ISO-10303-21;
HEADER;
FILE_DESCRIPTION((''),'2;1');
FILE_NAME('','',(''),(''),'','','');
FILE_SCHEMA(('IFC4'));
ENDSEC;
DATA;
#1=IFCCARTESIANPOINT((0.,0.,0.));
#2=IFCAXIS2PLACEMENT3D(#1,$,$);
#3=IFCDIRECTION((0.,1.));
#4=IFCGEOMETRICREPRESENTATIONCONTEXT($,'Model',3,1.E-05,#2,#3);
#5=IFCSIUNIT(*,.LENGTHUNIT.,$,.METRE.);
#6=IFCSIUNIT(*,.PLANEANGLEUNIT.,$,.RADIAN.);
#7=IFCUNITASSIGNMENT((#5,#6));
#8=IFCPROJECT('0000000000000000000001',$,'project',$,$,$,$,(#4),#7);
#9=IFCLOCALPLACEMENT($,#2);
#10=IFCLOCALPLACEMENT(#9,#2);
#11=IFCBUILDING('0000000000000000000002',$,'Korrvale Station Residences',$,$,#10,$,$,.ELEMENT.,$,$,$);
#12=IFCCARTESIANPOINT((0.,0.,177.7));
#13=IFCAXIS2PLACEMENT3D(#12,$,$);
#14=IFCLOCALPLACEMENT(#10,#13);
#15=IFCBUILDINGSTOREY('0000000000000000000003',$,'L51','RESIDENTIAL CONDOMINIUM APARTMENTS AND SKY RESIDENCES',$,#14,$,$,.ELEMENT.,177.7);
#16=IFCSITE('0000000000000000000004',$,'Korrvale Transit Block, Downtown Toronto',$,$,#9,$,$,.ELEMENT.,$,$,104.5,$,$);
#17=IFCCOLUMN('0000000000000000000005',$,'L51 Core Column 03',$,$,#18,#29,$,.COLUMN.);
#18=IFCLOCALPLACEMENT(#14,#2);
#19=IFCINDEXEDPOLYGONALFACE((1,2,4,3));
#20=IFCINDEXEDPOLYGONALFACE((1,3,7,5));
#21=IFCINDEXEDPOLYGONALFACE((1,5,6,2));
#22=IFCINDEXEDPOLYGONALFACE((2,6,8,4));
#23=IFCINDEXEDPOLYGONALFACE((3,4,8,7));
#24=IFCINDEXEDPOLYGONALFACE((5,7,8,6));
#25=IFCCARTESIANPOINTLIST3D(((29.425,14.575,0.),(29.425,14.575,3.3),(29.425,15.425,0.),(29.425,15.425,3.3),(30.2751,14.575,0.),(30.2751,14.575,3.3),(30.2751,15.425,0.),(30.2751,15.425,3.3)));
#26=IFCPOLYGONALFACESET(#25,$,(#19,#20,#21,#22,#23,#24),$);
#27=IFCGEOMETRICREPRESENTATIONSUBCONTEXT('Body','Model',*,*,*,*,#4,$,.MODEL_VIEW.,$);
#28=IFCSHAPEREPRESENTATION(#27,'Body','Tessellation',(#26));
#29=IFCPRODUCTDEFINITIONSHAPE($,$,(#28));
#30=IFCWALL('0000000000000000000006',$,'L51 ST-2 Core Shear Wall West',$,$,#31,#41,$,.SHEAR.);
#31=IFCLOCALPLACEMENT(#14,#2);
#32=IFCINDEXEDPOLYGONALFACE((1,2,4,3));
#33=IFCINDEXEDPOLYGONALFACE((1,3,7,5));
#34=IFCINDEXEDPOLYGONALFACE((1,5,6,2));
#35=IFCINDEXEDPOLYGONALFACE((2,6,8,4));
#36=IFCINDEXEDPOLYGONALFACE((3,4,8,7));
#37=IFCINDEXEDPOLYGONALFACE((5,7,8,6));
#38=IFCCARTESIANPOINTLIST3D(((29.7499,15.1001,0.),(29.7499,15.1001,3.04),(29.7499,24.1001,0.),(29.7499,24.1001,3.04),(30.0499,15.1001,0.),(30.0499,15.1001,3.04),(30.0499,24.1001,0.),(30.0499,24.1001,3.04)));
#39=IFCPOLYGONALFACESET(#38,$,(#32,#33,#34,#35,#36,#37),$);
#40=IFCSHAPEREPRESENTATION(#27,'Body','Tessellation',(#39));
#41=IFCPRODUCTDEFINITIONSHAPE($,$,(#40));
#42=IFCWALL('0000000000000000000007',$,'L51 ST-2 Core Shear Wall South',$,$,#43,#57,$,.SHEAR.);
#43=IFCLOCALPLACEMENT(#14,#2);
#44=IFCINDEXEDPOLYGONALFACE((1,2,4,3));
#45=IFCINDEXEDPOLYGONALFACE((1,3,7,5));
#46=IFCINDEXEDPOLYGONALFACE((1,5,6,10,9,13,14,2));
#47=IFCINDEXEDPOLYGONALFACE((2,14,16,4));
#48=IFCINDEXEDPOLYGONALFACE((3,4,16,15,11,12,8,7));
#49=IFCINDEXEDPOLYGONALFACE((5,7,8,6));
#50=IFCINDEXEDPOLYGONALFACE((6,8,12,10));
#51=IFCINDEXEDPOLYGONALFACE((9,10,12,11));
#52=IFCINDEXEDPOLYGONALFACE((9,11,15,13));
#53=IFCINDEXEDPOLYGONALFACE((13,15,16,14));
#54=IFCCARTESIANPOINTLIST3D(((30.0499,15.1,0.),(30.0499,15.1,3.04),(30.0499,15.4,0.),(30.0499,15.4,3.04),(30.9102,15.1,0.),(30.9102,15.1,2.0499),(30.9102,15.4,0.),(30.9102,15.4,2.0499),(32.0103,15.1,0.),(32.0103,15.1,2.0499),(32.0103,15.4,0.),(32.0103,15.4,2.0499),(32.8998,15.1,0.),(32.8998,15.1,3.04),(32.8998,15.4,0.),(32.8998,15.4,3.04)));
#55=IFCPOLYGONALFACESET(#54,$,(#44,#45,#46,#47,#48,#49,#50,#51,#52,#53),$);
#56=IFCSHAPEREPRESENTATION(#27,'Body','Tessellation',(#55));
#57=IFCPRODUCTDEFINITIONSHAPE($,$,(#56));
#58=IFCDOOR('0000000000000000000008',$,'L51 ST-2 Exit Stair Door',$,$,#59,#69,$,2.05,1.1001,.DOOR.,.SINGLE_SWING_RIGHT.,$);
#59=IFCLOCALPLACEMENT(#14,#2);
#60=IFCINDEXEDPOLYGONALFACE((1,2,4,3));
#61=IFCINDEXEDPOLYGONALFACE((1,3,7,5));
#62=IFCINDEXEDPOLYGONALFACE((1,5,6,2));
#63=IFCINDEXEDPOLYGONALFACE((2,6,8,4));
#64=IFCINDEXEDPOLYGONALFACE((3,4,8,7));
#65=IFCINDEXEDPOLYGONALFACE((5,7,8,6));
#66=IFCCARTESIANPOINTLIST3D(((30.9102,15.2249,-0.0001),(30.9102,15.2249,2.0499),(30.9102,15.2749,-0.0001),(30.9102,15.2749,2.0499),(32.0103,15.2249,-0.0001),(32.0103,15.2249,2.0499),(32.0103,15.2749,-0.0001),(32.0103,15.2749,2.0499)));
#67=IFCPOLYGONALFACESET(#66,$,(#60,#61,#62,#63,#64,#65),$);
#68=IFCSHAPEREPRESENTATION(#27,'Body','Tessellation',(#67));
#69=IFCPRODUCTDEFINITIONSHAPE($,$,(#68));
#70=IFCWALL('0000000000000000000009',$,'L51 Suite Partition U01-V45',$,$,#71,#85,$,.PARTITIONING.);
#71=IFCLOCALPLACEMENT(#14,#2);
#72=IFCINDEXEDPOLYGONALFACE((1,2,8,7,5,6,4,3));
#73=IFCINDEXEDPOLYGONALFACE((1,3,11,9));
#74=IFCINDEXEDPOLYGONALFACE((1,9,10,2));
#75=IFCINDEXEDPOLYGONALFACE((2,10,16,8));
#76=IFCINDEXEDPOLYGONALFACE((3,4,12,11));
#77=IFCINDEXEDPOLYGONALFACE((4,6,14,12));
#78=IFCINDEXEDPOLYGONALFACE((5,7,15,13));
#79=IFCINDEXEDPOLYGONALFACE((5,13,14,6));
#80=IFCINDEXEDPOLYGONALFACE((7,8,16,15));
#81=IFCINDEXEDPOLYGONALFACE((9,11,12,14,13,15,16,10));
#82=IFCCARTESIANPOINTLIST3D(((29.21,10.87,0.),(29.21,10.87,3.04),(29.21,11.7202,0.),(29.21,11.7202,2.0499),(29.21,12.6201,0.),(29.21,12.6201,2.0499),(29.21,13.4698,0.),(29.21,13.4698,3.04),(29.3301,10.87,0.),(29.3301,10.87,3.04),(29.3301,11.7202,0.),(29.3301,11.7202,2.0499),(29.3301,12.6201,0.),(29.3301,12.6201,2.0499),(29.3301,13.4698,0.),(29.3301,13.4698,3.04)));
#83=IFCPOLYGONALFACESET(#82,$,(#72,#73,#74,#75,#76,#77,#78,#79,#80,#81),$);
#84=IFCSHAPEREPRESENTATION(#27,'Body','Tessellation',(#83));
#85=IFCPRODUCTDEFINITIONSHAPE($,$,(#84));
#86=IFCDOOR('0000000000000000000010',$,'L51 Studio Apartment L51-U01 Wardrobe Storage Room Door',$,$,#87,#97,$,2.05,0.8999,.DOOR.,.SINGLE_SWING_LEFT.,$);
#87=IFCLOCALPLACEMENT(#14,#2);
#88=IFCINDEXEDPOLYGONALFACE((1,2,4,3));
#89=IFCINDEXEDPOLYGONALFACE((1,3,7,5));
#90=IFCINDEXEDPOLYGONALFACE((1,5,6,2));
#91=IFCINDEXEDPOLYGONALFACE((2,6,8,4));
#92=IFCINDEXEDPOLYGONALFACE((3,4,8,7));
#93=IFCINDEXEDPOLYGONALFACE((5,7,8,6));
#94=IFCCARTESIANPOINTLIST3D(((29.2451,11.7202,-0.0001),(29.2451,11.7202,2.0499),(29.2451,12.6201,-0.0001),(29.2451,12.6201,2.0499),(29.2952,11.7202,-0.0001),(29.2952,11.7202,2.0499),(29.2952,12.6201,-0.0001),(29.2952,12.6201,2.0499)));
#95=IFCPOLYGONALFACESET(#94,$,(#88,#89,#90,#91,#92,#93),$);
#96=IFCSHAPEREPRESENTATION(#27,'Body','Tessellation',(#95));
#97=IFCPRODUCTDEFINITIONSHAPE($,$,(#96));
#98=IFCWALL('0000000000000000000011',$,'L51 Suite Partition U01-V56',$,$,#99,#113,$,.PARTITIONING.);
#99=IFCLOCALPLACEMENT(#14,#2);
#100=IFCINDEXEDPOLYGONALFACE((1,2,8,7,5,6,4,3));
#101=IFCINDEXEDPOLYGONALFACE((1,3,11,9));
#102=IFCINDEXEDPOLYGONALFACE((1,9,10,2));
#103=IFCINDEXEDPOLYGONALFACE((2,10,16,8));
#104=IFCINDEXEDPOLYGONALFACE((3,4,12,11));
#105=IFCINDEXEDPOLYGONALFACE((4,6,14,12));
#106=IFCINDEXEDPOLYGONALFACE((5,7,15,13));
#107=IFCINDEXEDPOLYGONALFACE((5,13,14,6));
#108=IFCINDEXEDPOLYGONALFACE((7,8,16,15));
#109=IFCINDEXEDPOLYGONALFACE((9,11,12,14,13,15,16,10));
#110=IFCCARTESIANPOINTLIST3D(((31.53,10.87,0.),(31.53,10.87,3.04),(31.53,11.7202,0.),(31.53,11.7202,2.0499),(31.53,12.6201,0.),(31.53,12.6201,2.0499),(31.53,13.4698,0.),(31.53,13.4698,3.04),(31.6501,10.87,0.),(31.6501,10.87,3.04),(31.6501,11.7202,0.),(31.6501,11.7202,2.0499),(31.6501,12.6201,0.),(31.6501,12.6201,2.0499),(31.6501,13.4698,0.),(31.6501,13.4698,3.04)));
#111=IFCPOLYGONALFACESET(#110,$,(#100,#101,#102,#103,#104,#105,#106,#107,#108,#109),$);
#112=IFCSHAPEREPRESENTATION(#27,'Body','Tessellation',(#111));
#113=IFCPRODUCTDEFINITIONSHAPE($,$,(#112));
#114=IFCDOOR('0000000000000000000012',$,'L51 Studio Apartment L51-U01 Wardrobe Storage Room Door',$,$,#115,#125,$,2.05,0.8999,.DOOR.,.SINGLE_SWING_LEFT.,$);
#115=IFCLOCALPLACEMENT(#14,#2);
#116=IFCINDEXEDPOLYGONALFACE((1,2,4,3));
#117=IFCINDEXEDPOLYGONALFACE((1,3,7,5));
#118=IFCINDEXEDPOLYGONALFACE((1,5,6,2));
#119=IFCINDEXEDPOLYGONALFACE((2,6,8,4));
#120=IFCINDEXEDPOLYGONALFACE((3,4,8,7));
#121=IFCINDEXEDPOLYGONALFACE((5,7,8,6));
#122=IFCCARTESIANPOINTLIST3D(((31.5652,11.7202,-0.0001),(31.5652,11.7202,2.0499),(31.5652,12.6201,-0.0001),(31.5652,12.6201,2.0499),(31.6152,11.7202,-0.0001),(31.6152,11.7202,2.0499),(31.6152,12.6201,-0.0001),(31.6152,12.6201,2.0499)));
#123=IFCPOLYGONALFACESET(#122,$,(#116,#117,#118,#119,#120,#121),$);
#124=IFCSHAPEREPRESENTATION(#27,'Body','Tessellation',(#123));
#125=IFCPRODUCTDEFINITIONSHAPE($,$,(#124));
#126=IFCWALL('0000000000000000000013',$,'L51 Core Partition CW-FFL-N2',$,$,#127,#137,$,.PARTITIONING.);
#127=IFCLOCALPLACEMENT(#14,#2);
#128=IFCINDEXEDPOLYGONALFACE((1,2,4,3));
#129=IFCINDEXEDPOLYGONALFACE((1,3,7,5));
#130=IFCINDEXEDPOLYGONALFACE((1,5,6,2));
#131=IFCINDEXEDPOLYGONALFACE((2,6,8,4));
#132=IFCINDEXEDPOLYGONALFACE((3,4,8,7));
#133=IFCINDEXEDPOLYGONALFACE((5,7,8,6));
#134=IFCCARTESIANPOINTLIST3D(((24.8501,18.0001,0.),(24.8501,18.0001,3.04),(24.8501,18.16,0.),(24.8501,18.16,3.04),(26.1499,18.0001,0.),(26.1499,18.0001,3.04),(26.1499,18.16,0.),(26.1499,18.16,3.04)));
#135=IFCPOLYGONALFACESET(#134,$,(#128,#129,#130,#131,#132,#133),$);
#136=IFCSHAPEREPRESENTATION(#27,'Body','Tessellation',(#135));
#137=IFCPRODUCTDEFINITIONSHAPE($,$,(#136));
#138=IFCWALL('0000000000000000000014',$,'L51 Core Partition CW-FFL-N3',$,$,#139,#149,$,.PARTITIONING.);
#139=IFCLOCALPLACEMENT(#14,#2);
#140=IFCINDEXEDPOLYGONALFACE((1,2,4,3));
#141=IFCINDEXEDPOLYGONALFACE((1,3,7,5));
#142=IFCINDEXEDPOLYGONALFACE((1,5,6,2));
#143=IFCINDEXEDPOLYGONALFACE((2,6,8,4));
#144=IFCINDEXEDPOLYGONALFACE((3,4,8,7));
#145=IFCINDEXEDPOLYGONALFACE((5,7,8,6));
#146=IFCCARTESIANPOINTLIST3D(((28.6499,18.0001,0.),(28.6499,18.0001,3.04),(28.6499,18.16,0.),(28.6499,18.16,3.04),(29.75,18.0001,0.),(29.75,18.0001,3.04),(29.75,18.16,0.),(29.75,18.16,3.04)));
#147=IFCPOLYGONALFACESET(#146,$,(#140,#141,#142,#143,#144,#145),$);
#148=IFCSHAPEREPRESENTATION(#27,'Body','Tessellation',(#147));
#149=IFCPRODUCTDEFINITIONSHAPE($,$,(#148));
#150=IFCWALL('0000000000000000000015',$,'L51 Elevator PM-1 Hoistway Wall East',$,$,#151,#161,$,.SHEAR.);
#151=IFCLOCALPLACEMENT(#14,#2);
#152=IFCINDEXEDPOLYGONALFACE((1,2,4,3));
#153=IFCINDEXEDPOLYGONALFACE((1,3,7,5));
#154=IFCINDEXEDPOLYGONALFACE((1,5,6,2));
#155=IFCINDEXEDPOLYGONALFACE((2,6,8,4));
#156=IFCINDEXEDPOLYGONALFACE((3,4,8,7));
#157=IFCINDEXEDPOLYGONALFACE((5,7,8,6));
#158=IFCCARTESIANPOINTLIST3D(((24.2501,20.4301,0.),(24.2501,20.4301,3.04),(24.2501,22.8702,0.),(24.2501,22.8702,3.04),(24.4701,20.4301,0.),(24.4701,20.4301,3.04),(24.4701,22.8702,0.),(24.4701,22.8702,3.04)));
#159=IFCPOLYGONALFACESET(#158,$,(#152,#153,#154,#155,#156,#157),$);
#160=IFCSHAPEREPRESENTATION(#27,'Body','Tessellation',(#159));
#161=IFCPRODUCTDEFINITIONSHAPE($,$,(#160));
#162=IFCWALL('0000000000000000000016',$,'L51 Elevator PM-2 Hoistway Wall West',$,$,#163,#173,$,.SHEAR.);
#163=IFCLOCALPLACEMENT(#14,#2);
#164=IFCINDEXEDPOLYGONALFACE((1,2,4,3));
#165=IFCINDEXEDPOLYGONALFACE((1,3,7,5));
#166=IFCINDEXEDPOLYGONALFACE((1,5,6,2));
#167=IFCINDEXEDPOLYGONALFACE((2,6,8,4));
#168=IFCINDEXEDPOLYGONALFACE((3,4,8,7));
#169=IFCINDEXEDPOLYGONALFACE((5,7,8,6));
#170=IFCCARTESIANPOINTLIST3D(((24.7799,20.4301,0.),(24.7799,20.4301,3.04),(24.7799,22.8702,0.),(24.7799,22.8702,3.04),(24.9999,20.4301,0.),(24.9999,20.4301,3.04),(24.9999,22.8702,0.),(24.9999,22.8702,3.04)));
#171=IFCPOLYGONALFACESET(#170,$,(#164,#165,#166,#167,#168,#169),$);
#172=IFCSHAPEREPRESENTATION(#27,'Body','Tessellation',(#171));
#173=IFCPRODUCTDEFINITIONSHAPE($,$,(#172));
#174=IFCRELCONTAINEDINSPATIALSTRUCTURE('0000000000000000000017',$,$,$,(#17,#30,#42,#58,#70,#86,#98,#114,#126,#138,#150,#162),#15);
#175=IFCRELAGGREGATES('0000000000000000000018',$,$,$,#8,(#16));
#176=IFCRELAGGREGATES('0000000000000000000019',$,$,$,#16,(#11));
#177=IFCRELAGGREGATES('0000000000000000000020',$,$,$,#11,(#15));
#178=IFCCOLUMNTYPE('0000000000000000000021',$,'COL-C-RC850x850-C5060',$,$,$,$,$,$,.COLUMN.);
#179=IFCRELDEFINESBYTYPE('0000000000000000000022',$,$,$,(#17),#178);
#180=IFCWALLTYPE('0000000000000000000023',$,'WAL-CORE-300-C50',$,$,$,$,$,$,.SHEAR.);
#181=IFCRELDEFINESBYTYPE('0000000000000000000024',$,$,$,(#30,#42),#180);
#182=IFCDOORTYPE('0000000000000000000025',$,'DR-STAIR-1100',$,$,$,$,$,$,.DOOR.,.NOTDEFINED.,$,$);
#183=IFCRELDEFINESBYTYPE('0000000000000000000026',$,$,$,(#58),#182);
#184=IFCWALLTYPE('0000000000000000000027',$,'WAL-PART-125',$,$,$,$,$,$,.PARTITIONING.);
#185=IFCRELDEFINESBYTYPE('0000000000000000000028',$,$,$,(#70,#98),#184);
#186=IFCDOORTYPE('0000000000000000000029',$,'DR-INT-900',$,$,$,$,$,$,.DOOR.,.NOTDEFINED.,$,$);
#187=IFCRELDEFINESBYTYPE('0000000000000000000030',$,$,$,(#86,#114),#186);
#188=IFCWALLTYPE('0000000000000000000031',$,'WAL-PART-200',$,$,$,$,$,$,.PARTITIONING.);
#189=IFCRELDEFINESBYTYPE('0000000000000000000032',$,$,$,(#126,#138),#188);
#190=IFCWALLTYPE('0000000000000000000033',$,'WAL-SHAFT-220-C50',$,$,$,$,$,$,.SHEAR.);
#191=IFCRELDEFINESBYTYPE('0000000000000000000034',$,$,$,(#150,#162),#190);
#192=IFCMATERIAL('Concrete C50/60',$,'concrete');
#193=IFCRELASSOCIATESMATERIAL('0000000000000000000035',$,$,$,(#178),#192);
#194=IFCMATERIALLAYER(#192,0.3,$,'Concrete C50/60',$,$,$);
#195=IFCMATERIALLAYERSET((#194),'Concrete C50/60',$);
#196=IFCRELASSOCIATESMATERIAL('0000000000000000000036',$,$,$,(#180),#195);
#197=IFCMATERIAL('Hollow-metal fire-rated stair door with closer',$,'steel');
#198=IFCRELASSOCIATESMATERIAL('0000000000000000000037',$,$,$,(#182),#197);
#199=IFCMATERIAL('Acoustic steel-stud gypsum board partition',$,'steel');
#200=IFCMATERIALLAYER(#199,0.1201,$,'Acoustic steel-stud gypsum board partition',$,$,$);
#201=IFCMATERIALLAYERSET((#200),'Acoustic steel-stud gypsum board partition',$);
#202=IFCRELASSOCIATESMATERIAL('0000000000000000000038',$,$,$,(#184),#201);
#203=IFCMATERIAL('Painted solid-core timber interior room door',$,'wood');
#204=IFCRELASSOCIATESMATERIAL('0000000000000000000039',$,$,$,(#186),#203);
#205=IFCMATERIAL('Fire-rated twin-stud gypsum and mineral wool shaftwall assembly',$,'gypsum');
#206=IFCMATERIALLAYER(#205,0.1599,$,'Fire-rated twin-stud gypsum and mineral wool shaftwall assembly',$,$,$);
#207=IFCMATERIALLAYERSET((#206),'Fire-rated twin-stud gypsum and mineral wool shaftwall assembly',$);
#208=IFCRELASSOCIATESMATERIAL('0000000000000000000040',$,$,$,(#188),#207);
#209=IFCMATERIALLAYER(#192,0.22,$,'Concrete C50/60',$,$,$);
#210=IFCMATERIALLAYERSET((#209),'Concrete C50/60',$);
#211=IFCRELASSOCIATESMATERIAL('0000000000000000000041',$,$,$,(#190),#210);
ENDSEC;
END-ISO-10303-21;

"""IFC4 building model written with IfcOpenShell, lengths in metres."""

from ifc_helpers import new_model, si_unit, direction, frame, frame_2d, origin, origin_2d, place, context, subcontext, project, spatial, rectangle, extrude, material, layer, layer_set, material_profile, profile_set, type_object, element, fill, save


model = new_model("IFC4")

# Units and contexts
model_context = context("Model", 3, precision=1e-05, world=origin(), true_north=direction((0.0, 1.0)))
body_context = subcontext(model_context, "Body", "Model", "MODEL_VIEW")
ifc_project = project(units=[si_unit("LENGTHUNIT", "METRE"), si_unit("PLANEANGLEUNIT", "RADIAN")], contexts=[model_context])

# Site, building, storey
site_placement = place(None, origin())
site = spatial("IfcSite", under=ifc_project, at=site_placement, Name="Korrvale Transit Block, Downtown Toronto", CompositionType="ELEMENT", RefElevation=104.5)
building_placement = place(site_placement, origin())
building = spatial("IfcBuilding", under=site, at=building_placement, Name="Korrvale Station Residences", CompositionType="ELEMENT")
storey_placement = place(building_placement, frame((0.0, 0.0, 177.7)))
storey = spatial("IfcBuildingStorey", under=building, at=storey_placement, Name="L51", Description="RESIDENTIAL CONDOMINIUM APARTMENTS AND SKY RESIDENCES", CompositionType="ELEMENT", Elevation=177.7)

# Column
ifc_material_1 = material(Name="Concrete C50/60", Category="concrete")
ifc_material_profile = material_profile(ifc_material_1, rectangle(XDim=0.8501, YDim=0.8501, at=origin_2d()), Name="RC850x850")
ifc_profile_set = profile_set([ifc_material_profile], Name="Concrete C50/60")
column_type = type_object("IfcColumnType", Name="COL-C-RC850x850-C5060", PredefinedType="COLUMN", material=ifc_profile_set)
column_placement = place(storey_placement, frame((29.8501, 15.0, 0.0), z_axis=(0.0, 0.0, 1.0), x_axis=(1.0, 0.0, 0.0)))
element("IfcColumn", 1, at=column_placement, inside=storey, type_object=column_type, Name="L51 Core Column 03", PredefinedType="COLUMN", context=body_context, shape_type="SweptSolid", body=[
    extrude(rectangle(XDim=0.8501, YDim=0.8501, at=origin_2d()), origin(), (0.0, 0.0, 1.0), 3.3),
])

# Wall
ifc_layer_1 = layer(ifc_material_1, 0.3, Name="Concrete C50/60")
ifc_layer_set_1 = layer_set([ifc_layer_1], Name="Concrete C50/60")
wall_type_1 = type_object("IfcWallType", Name="WAL-CORE-300-C50", PredefinedType="SHEAR", material=ifc_layer_set_1)
wall_1_placement = place(storey_placement, frame((29.8999, 15.1001, 0.0), z_axis=(0.0, 0.0, 1.0), x_axis=(0.0, 1.0, 0.0)))
element("IfcWall", 2, at=wall_1_placement, inside=storey, type_object=wall_type_1, Name="L51 ST-2 Core Shear Wall West", PredefinedType="SHEAR", context=body_context, shape_type="SweptSolid", body=[
    extrude(rectangle(XDim=9.0, YDim=0.3, at=frame_2d((4.5, 0.0))), origin(), (0.0, 0.0, 1.0), 3.04),
])

# Walls, openings, doors
wall_2_placement = place(storey_placement, frame((30.05, 15.25, 0.0), z_axis=(0.0, 0.0, 1.0), x_axis=(1.0, 0.0, 0.0)))
wall_2 = element("IfcWall", 3, at=wall_2_placement, inside=storey, type_object=wall_type_1, Name="L51 ST-2 Core Shear Wall South", PredefinedType="SHEAR", context=body_context, shape_type="SweptSolid", body=[
    extrude(rectangle(XDim=2.8499, YDim=0.3, at=frame_2d((1.4248, 0.0))), origin(), (0.0, 0.0, 1.0), 3.04),
])
opening_1_placement = place(wall_2_placement, frame((0.8601, 0.0, 0.0)))
opening_1 = element("IfcOpeningElement", 4, at=opening_1_placement, cuts=wall_2, PredefinedType="OPENING", context=body_context, shape_type="SweptSolid", body=[
    extrude(rectangle(XDim=1.1001, YDim=2.05, at=frame_2d((0.55, 1.0249))), frame((0.0, 0.1602, 0.0), z_axis=(0.0, -1.0, 0.0), x_axis=(1.0, 0.0, 0.0)), (0.0, 0.0, 1.0), 0.3201),
])
ifc_material_2 = material(Name="Hollow-metal fire-rated stair door with closer", Category="steel")
door_type_1 = type_object("IfcDoorType", Name="DR-STAIR-1100", OperationType="NOTDEFINED", PredefinedType="DOOR", material=ifc_material_2)
door_1_placement = place(opening_1_placement, origin())
door_1 = element("IfcDoor", 5, at=door_1_placement, inside=storey, type_object=door_type_1, Name="L51 ST-2 Exit Stair Door", OperationType="SINGLE_SWING_RIGHT", OverallHeight=2.05, OverallWidth=1.1001, PredefinedType="DOOR", context=body_context, shape_type="SweptSolid", body=[
    extrude(rectangle(XDim=1.1001, YDim=2.05, at=frame_2d((0.55, 1.0249))), frame((0.0, 0.0249, 0.0), z_axis=(0.0, -1.0, 0.0), x_axis=(1.0, 0.0, 0.0)), (0.0, 0.0, 1.0), 0.05),
])
fill(opening_1, door_1)
ifc_material_3 = material(Name="Acoustic steel-stud gypsum board partition", Category="steel")
ifc_layer_2 = layer(ifc_material_3, 0.1201, Name="Acoustic steel-stud gypsum board partition")
ifc_layer_set_2 = layer_set([ifc_layer_2], Name="Acoustic steel-stud gypsum board partition")
wall_type_2 = type_object("IfcWallType", Name="WAL-PART-125", PredefinedType="PARTITIONING", material=ifc_layer_set_2)
wall_3_placement = place(storey_placement, frame((29.27, 10.8701, 0.0), z_axis=(0.0, 0.0, 1.0), x_axis=(0.0, 1.0, 0.0)))
wall_3 = element("IfcWall", 6, at=wall_3_placement, inside=storey, type_object=wall_type_2, Name="L51 Suite Partition U01-V45", PredefinedType="PARTITIONING", context=body_context, shape_type="SweptSolid", body=[
    extrude(rectangle(XDim=2.5999, YDim=0.1201, at=frame_2d((1.2998, 0.0))), origin(), (0.0, 0.0, 1.0), 3.04),
])
opening_2_placement = place(wall_3_placement, frame((0.8501, 0.0, 0.0)))
opening_2 = element("IfcOpeningElement", 7, at=opening_2_placement, cuts=wall_3, PredefinedType="OPENING", context=body_context, shape_type="SweptSolid", body=[
    extrude(rectangle(XDim=0.8999, YDim=2.05, at=frame_2d((0.45, 1.0249))), frame((0.0, 0.0701, 0.0), z_axis=(0.0, -1.0, 0.0), x_axis=(1.0, 0.0, 0.0)), (0.0, 0.0, 1.0), 0.1401),
])
ifc_material_4 = material(Name="Painted solid-core timber interior room door", Category="wood")
door_type_2 = type_object("IfcDoorType", Name="DR-INT-900", OperationType="NOTDEFINED", PredefinedType="DOOR", material=ifc_material_4)
door_2_placement = place(opening_2_placement, origin())
door_2 = element("IfcDoor", 8, at=door_2_placement, inside=storey, type_object=door_type_2, Name="L51 Studio Apartment L51-U01 Wardrobe Storage Room Door", OperationType="SINGLE_SWING_LEFT", OverallHeight=2.05, OverallWidth=0.8999, PredefinedType="DOOR", context=body_context, shape_type="SweptSolid", body=[
    extrude(rectangle(XDim=0.8999, YDim=2.05, at=frame_2d((0.45, 1.0249))), frame((0.0, 0.0249, 0.0), z_axis=(0.0, -1.0, 0.0), x_axis=(1.0, 0.0, 0.0)), (0.0, 0.0, 1.0), 0.05),
])
fill(opening_2, door_2)
wall_4_placement = place(storey_placement, frame((31.5901, 10.8701, 0.0), z_axis=(0.0, 0.0, 1.0), x_axis=(0.0, 1.0, 0.0)))
wall_4 = element("IfcWall", 9, at=wall_4_placement, inside=storey, type_object=wall_type_2, Name="L51 Suite Partition U01-V56", PredefinedType="PARTITIONING", context=body_context, shape_type="SweptSolid", body=[
    extrude(rectangle(XDim=2.5999, YDim=0.1201, at=frame_2d((1.2998, 0.0))), origin(), (0.0, 0.0, 1.0), 3.04),
])
opening_3_placement = place(wall_4_placement, frame((0.8501, 0.0, 0.0)))
opening_3 = element("IfcOpeningElement", 10, at=opening_3_placement, cuts=wall_4, PredefinedType="OPENING", context=body_context, shape_type="SweptSolid", body=[
    extrude(rectangle(XDim=0.8999, YDim=2.05, at=frame_2d((0.45, 1.0249))), frame((0.0, 0.0701, 0.0), z_axis=(0.0, -1.0, 0.0), x_axis=(1.0, 0.0, 0.0)), (0.0, 0.0, 1.0), 0.1401),
])
door_3_placement = place(opening_3_placement, origin())
door_3 = element("IfcDoor", 11, at=door_3_placement, inside=storey, type_object=door_type_2, Name="L51 Studio Apartment L51-U01 Wardrobe Storage Room Door", OperationType="SINGLE_SWING_LEFT", OverallHeight=2.05, OverallWidth=0.8999, PredefinedType="DOOR", context=body_context, shape_type="SweptSolid", body=[
    extrude(rectangle(XDim=0.8999, YDim=2.05, at=frame_2d((0.45, 1.0249))), frame((0.0, 0.0249, 0.0), z_axis=(0.0, -1.0, 0.0), x_axis=(1.0, 0.0, 0.0)), (0.0, 0.0, 1.0), 0.05),
])
fill(opening_3, door_3)

# Walls
ifc_material_5 = material(Name="Fire-rated twin-stud gypsum and mineral wool shaftwall assembly", Category="gypsum")
ifc_layer_3 = layer(ifc_material_5, 0.1599, Name="Fire-rated twin-stud gypsum and mineral wool shaftwall assembly")
ifc_layer_set_3 = layer_set([ifc_layer_3], Name="Fire-rated twin-stud gypsum and mineral wool shaftwall assembly")
wall_type_3 = type_object("IfcWallType", Name="WAL-PART-200", PredefinedType="PARTITIONING", material=ifc_layer_set_3)
wall_5_placement = place(storey_placement, frame((24.8501, 18.0801, 0.0), z_axis=(0.0, 0.0, 1.0), x_axis=(1.0, 0.0, 0.0)))
element("IfcWall", 12, at=wall_5_placement, inside=storey, type_object=wall_type_3, Name="L51 Core Partition CW-FFL-N2", PredefinedType="PARTITIONING", context=body_context, shape_type="SweptSolid", body=[
    extrude(rectangle(XDim=1.2998, YDim=0.1599, at=frame_2d((0.6499, 0.0))), origin(), (0.0, 0.0, 1.0), 3.04),
])
wall_6_placement = place(storey_placement, frame((28.6499, 18.0801, 0.0), z_axis=(0.0, 0.0, 1.0), x_axis=(1.0, 0.0, 0.0)))
element("IfcWall", 13, at=wall_6_placement, inside=storey, type_object=wall_type_3, Name="L51 Core Partition CW-FFL-N3", PredefinedType="PARTITIONING", context=body_context, shape_type="SweptSolid", body=[
    extrude(rectangle(XDim=1.1001, YDim=0.1599, at=frame_2d((0.55, 0.0))), origin(), (0.0, 0.0, 1.0), 3.04),
])
ifc_layer_4 = layer(ifc_material_1, 0.22, Name="Concrete C50/60")
ifc_layer_set_4 = layer_set([ifc_layer_4], Name="Concrete C50/60")
wall_type_4 = type_object("IfcWallType", Name="WAL-SHAFT-220-C50", PredefinedType="SHEAR", material=ifc_layer_set_4)
for number, where, z_axis, x_axis, name in (
    (14, (24.3601, 20.4299, 0.0), (0.0, 0.0, 1.0), (0.0, 1.0, 0.0), "L51 Elevator PM-1 Hoistway Wall East"),
    (15, (24.8899, 20.4299, 0.0), (0.0, 0.0, 1.0), (0.0, 1.0, 0.0), "L51 Elevator PM-2 Hoistway Wall West"),
):
    element("IfcWall", number, at=place(storey_placement, frame(where, z_axis=z_axis, x_axis=x_axis)), inside=storey, type_object=wall_type_4, Name=name, PredefinedType="SHEAR", context=body_context, shape_type="SweptSolid", body=[
        extrude(rectangle(XDim=2.4402, YDim=0.22, at=frame_2d((1.2202, 0.0))), origin(), (0.0, 0.0, 1.0), 3.04),
    ])

save(model, "model.ifc")
